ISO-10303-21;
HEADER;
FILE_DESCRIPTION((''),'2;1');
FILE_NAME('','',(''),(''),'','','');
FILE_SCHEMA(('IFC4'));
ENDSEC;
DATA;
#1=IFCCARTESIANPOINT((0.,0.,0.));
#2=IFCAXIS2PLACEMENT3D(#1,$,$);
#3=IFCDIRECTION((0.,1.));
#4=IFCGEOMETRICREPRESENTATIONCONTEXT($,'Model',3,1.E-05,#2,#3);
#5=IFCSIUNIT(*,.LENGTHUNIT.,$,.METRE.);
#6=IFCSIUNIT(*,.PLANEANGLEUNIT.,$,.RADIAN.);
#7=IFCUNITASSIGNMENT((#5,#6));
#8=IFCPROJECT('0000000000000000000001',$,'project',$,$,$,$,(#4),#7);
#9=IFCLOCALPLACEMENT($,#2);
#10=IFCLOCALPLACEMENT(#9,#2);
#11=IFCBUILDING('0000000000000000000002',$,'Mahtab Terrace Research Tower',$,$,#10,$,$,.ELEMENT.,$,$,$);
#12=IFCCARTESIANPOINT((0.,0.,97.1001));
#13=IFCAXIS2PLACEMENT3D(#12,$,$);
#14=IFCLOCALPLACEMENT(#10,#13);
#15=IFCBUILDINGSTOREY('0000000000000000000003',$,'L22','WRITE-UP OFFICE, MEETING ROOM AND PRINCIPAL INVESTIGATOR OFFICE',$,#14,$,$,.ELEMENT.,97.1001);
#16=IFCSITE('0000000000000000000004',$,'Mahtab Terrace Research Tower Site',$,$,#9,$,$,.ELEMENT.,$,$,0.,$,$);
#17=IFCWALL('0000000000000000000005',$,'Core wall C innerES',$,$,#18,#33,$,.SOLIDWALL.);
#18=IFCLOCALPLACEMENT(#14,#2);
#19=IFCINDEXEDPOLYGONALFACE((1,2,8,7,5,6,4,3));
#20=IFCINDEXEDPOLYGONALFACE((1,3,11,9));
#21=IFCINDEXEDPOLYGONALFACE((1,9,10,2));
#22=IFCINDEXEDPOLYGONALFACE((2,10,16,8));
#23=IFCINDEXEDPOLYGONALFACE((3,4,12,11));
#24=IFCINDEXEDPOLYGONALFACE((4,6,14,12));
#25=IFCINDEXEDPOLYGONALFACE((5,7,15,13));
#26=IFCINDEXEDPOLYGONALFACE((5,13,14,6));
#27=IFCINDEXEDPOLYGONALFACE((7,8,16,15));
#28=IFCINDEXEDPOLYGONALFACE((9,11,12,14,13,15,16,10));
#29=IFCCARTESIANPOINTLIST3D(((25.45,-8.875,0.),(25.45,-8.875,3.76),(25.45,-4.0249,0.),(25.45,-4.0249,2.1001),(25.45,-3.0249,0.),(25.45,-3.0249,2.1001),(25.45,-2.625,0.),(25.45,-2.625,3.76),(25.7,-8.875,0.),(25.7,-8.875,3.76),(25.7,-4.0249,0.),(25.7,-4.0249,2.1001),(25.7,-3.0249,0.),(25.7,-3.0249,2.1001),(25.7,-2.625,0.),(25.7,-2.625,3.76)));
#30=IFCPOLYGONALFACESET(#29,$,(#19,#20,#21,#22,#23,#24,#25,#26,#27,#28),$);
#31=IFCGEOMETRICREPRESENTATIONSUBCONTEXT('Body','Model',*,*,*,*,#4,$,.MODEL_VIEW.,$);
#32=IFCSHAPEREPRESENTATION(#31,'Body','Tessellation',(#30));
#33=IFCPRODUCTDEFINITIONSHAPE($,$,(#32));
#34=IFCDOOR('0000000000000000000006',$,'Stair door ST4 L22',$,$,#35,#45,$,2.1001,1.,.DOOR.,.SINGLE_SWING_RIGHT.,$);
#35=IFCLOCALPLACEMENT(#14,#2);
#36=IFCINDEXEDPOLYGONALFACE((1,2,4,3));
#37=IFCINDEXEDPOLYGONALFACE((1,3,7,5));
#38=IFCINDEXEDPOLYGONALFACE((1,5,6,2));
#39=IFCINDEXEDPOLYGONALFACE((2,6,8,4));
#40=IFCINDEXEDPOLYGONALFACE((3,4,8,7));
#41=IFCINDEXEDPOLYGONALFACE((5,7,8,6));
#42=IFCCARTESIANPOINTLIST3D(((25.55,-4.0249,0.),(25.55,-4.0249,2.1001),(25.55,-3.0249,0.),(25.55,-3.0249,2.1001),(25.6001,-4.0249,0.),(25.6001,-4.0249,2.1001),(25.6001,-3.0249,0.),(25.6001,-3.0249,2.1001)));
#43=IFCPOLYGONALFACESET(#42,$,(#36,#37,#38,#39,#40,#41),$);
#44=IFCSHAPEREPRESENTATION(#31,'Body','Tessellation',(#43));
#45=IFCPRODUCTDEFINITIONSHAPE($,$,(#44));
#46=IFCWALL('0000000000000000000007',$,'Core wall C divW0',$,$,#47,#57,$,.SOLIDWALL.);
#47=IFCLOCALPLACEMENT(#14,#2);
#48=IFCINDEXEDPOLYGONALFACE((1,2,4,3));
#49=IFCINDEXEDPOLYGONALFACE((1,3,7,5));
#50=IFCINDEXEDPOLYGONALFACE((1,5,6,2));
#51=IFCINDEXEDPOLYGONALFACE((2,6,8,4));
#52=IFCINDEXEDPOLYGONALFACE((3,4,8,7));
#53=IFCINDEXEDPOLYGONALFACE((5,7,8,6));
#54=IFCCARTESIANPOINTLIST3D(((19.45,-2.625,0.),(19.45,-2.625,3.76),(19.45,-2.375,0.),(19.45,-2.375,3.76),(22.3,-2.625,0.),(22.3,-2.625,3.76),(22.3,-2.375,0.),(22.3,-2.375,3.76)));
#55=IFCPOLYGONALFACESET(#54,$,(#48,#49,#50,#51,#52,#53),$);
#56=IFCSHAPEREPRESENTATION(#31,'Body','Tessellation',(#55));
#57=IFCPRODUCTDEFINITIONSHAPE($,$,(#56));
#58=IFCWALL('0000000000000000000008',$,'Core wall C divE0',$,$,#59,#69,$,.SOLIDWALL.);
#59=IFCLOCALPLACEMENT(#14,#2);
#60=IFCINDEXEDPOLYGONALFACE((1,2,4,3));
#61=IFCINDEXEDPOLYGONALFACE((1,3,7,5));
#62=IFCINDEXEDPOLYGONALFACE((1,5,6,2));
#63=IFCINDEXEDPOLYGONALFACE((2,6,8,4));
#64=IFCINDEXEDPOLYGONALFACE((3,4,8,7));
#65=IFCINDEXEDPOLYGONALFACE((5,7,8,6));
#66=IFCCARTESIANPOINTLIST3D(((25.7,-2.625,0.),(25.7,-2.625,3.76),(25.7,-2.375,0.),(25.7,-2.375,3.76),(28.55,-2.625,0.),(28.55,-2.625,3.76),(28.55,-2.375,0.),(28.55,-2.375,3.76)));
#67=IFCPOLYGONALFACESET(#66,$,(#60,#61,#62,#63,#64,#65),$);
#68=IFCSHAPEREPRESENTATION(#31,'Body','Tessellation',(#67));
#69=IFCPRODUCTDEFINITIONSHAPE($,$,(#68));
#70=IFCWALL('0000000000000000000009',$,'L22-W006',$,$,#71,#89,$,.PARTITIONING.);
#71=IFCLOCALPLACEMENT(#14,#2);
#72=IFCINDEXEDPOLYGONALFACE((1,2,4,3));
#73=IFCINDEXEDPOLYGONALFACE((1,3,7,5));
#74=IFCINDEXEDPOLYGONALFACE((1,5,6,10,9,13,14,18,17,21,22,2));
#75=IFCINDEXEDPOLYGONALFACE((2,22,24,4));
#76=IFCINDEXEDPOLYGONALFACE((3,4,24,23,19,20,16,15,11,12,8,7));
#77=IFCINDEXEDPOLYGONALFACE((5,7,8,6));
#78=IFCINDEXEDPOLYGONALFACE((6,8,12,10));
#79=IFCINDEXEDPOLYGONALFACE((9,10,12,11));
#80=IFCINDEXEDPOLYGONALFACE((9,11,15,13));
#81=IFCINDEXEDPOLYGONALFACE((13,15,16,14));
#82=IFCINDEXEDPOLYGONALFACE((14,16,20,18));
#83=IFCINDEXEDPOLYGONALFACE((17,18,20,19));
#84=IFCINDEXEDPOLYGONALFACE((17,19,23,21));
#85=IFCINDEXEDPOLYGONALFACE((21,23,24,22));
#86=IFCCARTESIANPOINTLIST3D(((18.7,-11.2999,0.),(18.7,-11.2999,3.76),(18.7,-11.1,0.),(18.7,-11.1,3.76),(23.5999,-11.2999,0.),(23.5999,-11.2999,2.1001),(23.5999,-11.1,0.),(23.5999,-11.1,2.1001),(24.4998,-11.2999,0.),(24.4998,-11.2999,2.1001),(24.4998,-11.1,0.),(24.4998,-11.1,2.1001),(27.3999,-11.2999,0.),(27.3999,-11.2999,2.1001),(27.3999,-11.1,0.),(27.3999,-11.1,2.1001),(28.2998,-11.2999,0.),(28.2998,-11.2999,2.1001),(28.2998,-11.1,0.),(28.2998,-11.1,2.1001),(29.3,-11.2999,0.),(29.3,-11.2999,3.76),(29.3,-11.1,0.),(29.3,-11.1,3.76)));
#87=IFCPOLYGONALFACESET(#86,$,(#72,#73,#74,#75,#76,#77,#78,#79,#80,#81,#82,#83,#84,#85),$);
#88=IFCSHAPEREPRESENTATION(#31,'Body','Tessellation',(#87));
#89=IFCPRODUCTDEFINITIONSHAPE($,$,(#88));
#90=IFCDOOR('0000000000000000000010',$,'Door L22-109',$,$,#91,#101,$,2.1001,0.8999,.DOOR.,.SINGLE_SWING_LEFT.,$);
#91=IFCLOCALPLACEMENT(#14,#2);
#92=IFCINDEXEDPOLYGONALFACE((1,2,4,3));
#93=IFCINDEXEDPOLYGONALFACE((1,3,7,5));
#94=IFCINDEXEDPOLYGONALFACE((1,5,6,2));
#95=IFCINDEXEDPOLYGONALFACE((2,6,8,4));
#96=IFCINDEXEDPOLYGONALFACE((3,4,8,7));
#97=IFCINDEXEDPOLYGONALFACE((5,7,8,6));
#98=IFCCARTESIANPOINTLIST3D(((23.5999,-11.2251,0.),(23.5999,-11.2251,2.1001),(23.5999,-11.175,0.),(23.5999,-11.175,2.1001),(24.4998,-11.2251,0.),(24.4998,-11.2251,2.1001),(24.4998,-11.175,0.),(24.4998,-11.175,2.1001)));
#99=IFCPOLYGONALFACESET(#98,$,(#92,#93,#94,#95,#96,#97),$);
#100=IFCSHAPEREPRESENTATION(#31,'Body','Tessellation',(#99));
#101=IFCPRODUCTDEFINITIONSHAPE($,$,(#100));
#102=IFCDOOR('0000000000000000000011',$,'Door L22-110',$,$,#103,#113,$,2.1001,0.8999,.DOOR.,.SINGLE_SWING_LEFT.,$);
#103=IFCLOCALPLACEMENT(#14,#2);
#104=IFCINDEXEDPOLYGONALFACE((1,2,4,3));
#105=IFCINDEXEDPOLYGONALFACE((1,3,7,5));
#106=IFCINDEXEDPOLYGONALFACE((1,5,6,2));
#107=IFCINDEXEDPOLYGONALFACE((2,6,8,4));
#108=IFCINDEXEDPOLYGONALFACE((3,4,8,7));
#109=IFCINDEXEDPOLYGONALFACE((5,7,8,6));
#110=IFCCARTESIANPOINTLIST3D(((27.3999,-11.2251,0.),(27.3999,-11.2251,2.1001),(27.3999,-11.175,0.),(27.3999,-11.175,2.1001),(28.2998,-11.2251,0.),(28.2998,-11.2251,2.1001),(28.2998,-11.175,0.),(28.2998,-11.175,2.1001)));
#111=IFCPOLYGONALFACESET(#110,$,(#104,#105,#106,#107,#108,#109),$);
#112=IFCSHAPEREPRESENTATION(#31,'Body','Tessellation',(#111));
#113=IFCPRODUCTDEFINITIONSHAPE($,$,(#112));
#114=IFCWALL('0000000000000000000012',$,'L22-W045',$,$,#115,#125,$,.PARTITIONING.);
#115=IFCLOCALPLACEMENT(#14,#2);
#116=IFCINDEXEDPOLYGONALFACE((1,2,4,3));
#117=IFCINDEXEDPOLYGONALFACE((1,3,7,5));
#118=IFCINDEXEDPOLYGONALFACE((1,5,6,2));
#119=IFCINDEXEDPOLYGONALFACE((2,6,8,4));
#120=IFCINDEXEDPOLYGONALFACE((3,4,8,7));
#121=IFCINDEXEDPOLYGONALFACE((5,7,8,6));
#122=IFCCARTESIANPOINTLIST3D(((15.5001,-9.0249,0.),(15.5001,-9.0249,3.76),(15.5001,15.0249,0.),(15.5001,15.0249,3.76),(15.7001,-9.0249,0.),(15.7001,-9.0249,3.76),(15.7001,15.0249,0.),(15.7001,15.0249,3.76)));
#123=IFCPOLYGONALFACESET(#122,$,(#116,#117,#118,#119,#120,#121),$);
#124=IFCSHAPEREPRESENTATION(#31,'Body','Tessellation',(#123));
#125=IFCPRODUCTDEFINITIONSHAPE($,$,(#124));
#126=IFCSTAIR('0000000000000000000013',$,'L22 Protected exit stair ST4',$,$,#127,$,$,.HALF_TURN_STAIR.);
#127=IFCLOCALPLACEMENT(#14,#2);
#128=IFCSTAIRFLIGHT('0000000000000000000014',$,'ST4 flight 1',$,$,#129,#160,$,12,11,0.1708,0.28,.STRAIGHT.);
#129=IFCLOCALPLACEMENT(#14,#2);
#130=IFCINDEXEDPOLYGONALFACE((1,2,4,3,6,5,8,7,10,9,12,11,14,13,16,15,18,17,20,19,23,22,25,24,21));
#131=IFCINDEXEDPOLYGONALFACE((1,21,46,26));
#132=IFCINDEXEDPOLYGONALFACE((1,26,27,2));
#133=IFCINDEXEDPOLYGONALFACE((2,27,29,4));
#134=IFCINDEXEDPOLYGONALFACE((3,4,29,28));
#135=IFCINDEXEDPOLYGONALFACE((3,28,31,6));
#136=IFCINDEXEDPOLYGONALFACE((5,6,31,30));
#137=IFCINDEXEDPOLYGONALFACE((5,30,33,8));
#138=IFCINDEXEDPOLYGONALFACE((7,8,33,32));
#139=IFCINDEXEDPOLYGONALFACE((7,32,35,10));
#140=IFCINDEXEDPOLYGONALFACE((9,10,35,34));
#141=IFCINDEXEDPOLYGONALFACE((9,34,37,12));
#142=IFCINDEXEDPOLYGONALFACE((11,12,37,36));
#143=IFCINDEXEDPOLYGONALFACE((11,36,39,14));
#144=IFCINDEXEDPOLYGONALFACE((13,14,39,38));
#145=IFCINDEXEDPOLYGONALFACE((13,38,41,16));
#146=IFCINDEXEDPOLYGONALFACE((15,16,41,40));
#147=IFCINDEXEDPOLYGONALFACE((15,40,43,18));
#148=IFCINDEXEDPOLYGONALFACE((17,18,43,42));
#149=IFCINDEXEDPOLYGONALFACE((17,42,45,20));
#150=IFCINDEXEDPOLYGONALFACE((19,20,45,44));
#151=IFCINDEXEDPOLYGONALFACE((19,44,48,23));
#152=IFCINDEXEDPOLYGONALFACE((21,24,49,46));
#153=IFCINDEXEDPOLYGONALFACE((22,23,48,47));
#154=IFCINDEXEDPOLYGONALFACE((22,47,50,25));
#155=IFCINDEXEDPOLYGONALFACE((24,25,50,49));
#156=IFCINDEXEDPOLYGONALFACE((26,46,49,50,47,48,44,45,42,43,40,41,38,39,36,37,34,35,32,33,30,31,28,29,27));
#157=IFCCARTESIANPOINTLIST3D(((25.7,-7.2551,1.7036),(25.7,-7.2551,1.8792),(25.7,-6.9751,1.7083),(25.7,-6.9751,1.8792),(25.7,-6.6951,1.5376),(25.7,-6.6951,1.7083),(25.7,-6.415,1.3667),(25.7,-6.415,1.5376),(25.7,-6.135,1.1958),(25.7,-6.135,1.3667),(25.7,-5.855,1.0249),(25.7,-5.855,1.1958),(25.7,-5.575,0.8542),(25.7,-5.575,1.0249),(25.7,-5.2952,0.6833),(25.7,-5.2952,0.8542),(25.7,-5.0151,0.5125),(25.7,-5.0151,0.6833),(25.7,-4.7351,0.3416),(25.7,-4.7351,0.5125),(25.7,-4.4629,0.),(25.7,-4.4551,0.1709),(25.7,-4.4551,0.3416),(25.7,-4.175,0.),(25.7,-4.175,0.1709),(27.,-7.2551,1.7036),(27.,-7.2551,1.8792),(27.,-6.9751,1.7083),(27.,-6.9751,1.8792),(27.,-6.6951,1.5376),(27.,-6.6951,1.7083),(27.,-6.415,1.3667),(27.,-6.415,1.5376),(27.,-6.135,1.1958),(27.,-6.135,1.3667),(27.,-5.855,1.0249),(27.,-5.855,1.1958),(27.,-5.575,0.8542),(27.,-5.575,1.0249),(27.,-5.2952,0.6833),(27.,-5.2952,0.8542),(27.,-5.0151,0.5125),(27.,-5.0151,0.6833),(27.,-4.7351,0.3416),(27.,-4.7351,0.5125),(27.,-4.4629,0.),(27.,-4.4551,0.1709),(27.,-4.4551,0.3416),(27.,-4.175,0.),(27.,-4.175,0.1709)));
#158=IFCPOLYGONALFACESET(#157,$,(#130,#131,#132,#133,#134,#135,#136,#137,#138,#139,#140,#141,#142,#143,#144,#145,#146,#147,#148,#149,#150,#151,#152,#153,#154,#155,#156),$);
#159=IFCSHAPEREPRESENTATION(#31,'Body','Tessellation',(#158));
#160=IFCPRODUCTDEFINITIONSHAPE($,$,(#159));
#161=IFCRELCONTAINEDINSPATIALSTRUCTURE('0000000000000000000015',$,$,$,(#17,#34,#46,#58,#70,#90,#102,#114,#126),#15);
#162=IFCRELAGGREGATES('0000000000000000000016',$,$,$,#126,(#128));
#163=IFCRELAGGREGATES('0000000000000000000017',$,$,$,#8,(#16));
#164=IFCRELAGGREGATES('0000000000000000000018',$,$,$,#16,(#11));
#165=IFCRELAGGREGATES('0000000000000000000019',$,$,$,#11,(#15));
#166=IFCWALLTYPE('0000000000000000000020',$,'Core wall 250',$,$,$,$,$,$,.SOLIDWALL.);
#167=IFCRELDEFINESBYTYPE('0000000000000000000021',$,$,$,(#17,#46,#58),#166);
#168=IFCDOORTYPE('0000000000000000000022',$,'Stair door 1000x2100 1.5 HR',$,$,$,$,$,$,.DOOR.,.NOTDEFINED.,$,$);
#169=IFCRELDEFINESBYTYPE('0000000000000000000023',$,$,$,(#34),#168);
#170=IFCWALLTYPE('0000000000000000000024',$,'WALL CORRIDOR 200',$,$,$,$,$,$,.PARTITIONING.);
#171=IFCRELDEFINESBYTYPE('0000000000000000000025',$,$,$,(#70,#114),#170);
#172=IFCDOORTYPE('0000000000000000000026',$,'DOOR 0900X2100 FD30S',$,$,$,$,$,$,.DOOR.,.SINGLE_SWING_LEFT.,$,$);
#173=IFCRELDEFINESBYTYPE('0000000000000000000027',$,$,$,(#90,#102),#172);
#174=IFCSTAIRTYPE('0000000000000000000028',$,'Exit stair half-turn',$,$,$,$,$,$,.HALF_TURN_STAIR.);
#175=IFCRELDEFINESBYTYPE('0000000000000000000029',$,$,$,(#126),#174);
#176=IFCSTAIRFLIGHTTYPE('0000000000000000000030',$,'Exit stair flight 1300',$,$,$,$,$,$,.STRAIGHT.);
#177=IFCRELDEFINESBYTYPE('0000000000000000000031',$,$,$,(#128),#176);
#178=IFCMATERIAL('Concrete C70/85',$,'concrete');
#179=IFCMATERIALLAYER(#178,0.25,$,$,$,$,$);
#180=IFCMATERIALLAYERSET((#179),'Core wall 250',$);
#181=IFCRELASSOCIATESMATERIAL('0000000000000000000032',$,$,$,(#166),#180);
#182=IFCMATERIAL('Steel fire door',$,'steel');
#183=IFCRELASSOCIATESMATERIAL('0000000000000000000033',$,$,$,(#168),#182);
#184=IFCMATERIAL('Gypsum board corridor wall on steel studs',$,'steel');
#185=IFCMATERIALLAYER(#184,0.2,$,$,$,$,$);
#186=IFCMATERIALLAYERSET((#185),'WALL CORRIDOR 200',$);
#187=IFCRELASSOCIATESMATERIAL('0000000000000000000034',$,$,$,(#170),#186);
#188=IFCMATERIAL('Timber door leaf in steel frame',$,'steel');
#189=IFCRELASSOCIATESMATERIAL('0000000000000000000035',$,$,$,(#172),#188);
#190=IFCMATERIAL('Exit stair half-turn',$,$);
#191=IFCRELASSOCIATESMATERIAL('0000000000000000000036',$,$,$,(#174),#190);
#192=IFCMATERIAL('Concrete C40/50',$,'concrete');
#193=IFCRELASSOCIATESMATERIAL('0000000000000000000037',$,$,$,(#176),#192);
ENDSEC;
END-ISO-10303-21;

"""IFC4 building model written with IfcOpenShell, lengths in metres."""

from ifc_helpers import new_model, si_unit, direction, frame, frame_2d, origin, place, context, subcontext, project, spatial, polyline, rectangle, outline, extrude, material, layer, layer_set, type_object, element, fill, aggregate, save


model = new_model("IFC4")

# Units and contexts
model_context = context("Model", 3, precision=1e-05, world=origin(), true_north=direction((0.0, 1.0)))
body_context = subcontext(model_context, "Body", "Model", "MODEL_VIEW")
ifc_project = project(units=[si_unit("LENGTHUNIT", "METRE"), si_unit("PLANEANGLEUNIT", "RADIAN")], contexts=[model_context])

# Site, building, storey
site_placement = place(None, origin())
site = spatial("IfcSite", under=ifc_project, at=site_placement, Name="Mahtab Terrace Research Tower Site", CompositionType="ELEMENT", RefElevation=0.0)
building_placement = place(site_placement, origin())
building = spatial("IfcBuilding", under=site, at=building_placement, Name="Mahtab Terrace Research Tower", CompositionType="ELEMENT")
storey_placement = place(building_placement, frame((0.0, 0.0, 97.1001)))
storey = spatial("IfcBuildingStorey", under=building, at=storey_placement, Name="L22", Description="WRITE-UP OFFICE, MEETING ROOM AND PRINCIPAL INVESTIGATOR OFFICE", CompositionType="ELEMENT", Elevation=97.1001)

# Shared definitions
ifc_material_1 = material(Name="Concrete C70/85", Category="concrete")
ifc_layer_1 = layer(ifc_material_1, 0.25)
ifc_layer_set_1 = layer_set([ifc_layer_1], Name="Core wall 250")
wall_type_1 = type_object("IfcWallType", Name="Core wall 250", PredefinedType="SOLIDWALL", material=ifc_layer_set_1)
ifc_material_2 = material(Name="Steel fire door", Category="steel")

# Wall, opening, door
wall_1_placement = place(storey_placement, frame((25.575, -8.875, 0.0), z_axis=(0.0, 0.0, 1.0), x_axis=(0.0, 1.0, 0.0)))
wall_1 = element("IfcWall", 1, at=wall_1_placement, inside=storey, type_object=wall_type_1, Name="Core wall C innerES", PredefinedType="SOLIDWALL", context=body_context, shape_type="SweptSolid", body=[
    extrude(rectangle(XDim=6.25, YDim=0.25, at=frame_2d((3.125, 0.0))), origin(), (0.0, 0.0, 1.0), 3.76),
])
opening_1_placement = place(wall_1_placement, frame((4.8501, 0.0, 0.0)))
opening_1 = element("IfcOpeningElement", 2, at=opening_1_placement, cuts=wall_1, PredefinedType="OPENING", context=body_context, shape_type="SweptSolid", body=[
    extrude(rectangle(XDim=1.0, YDim=2.1001, at=frame_2d((0.5, 1.05))), frame((0.0, 0.135, 0.0), z_axis=(0.0, -1.0, 0.0), x_axis=(1.0, 0.0, 0.0)), (0.0, 0.0, 1.0), 0.27),
])
door_type_1 = type_object("IfcDoorType", Name="Stair door 1000x2100 1.5 HR", OperationType="NOTDEFINED", PredefinedType="DOOR", material=ifc_material_2)
door_1_placement = place(opening_1_placement, origin())
door_1 = element("IfcDoor", 3, at=door_1_placement, inside=storey, type_object=door_type_1, Name="Stair door ST4 L22", OperationType="SINGLE_SWING_RIGHT", OverallHeight=2.1001, OverallWidth=1.0, PredefinedType="DOOR", context=body_context, shape_type="SweptSolid", body=[
    extrude(rectangle(XDim=1.0, YDim=2.1001, at=frame_2d((0.5, 1.05))), frame((0.0, 0.0249, 0.0), z_axis=(0.0, -1.0, 0.0), x_axis=(1.0, 0.0, 0.0)), (0.0, 0.0, 1.0), 0.05),
])
fill(opening_1, door_1)

# Walls
for number, where, z_axis, x_axis, name in (
    (4, (19.45, -2.5, 0.0), (0.0, 0.0, 1.0), (1.0, 0.0, 0.0), "Core wall C divW0"),
    (5, (25.7, -2.5, 0.0), (0.0, 0.0, 1.0), (1.0, 0.0, 0.0), "Core wall C divE0"),
):
    element("IfcWall", number, at=place(storey_placement, frame(where, z_axis=z_axis, x_axis=x_axis)), inside=storey, type_object=wall_type_1, Name=name, PredefinedType="SOLIDWALL", context=body_context, shape_type="SweptSolid", body=[
        extrude(rectangle(XDim=2.8501, YDim=0.25, at=frame_2d((1.425, 0.0))), origin(), (0.0, 0.0, 1.0), 3.76),
    ])

# Wall, openings, doors
ifc_material_3 = material(Name="Gypsum board corridor wall on steel studs", Category="steel")
ifc_layer_2 = layer(ifc_material_3, 0.2)
ifc_layer_set_2 = layer_set([ifc_layer_2], Name="WALL CORRIDOR 200")
wall_type_2 = type_object("IfcWallType", Name="WALL CORRIDOR 200", PredefinedType="PARTITIONING", material=ifc_layer_set_2)
wall_2_placement = place(storey_placement, frame((18.7, -11.2, 0.0), z_axis=(0.0, 0.0, 1.0), x_axis=(1.0, 0.0, 0.0)))
wall_2 = element("IfcWall", 6, at=wall_2_placement, inside=storey, type_object=wall_type_2, Name="L22-W006", PredefinedType="PARTITIONING", context=body_context, shape_type="SweptSolid", body=[
    extrude(rectangle(XDim=10.6001, YDim=0.2, at=frame_2d((5.3, 0.0))), origin(), (0.0, 0.0, 1.0), 3.76),
])
opening_2_placement = place(wall_2_placement, frame((4.8999, 0.0, 0.0)))
opening_2 = element("IfcOpeningElement", 7, at=opening_2_placement, cuts=wall_2, PredefinedType="OPENING", context=body_context, shape_type="SweptSolid", body=[
    extrude(rectangle(XDim=0.8999, YDim=2.1001, at=frame_2d((0.45, 1.05))), frame((0.0, 0.1099, 0.0), z_axis=(0.0, -1.0, 0.0), x_axis=(1.0, 0.0, 0.0)), (0.0, 0.0, 1.0), 0.22),
])
opening_3_placement = place(wall_2_placement, frame((8.7, 0.0, 0.0)))
opening_3 = element("IfcOpeningElement", 8, at=opening_3_placement, cuts=wall_2, PredefinedType="OPENING", context=body_context, shape_type="SweptSolid", body=[
    extrude(rectangle(XDim=0.8999, YDim=2.1001, at=frame_2d((0.45, 1.05))), frame((0.0, 0.1099, 0.0), z_axis=(0.0, -1.0, 0.0), x_axis=(1.0, 0.0, 0.0)), (0.0, 0.0, 1.0), 0.22),
])
ifc_material_4 = material(Name="Timber door leaf in steel frame", Category="steel")
door_type_2 = type_object("IfcDoorType", Name="DOOR 0900X2100 FD30S", OperationType="SINGLE_SWING_LEFT", PredefinedType="DOOR", material=ifc_material_4)
door_2_placement = place(opening_2_placement, origin())
door_2 = element("IfcDoor", 9, at=door_2_placement, inside=storey, type_object=door_type_2, Name="Door L22-109", OperationType="SINGLE_SWING_LEFT", OverallHeight=2.1001, OverallWidth=0.8999, PredefinedType="DOOR", context=body_context, shape_type="SweptSolid", body=[
    extrude(rectangle(XDim=0.8999, YDim=2.1001, at=frame_2d((0.45, 1.05))), frame((0.0, 0.0249, 0.0), z_axis=(0.0, -1.0, 0.0), x_axis=(1.0, 0.0, 0.0)), (0.0, 0.0, 1.0), 0.05),
])
fill(opening_2, door_2)
door_3_placement = place(opening_3_placement, origin())
door_3 = element("IfcDoor", 10, at=door_3_placement, inside=storey, type_object=door_type_2, Name="Door L22-110", OperationType="SINGLE_SWING_LEFT", OverallHeight=2.1001, OverallWidth=0.8999, PredefinedType="DOOR", context=body_context, shape_type="SweptSolid", body=[
    extrude(rectangle(XDim=0.8999, YDim=2.1001, at=frame_2d((0.45, 1.05))), frame((0.0, 0.0249, 0.0), z_axis=(0.0, -1.0, 0.0), x_axis=(1.0, 0.0, 0.0)), (0.0, 0.0, 1.0), 0.05),
])
fill(opening_3, door_3)

# Wall
wall_3_placement = place(storey_placement, frame((15.6001, -9.0249, 0.0), z_axis=(0.0, 0.0, 1.0), x_axis=(0.0, 1.0, 0.0)))
element("IfcWall", 11, at=wall_3_placement, inside=storey, type_object=wall_type_2, Name="L22-W045", PredefinedType="PARTITIONING", context=body_context, shape_type="SweptSolid", body=[
    extrude(rectangle(XDim=24.0498, YDim=0.2, at=frame_2d((12.0249, 0.0))), origin(), (0.0, 0.0, 1.0), 3.76),
])

# Stair, stair flight
ifc_material_5 = material(Name="Exit stair half-turn")
stair_type = type_object("IfcStairType", Name="Exit stair half-turn", PredefinedType="HALF_TURN_STAIR", material=ifc_material_5)
stair_placement = place(storey_placement, origin())
stair = element("IfcStair", 12, at=stair_placement, inside=storey, type_object=stair_type, Name="L22 Protected exit stair ST4", PredefinedType="HALF_TURN_STAIR")
ifc_material_6 = material(Name="Concrete C40/50", Category="concrete")
stair_flight_type = type_object("IfcStairFlightType", Name="Exit stair flight 1300", PredefinedType="STRAIGHT", material=ifc_material_6)
stair_flight_placement = place(storey_placement, frame((26.3501, -4.175, 0.0), z_axis=(0.0, 0.0, 1.0), x_axis=(0.0, -1.0, 0.0)))
stair_flight = element("IfcStairFlight", 13, at=stair_flight_placement, type_object=stair_flight_type, Name="ST4 flight 1", NumberOfRisers=12, NumberOfTreads=11, PredefinedType="STRAIGHT", RiserHeight=0.1708, TreadLength=0.28, context=body_context, shape_type="SweptSolid", body=[
    extrude(outline(polyline([(0.0, 0.0), (0.0, 0.1709), (0.28, 0.1709), (0.28, 0.3416), (0.5601, 0.3416), (0.5601, 0.5125), (0.8401, 0.5125), (0.8401, 0.6833), (1.1201, 0.6833), (1.1201, 0.8542), (1.3999, 0.8542), (1.3999, 1.0249), (1.6799, 1.0249), (1.6799, 1.1958), (1.96, 1.1958), (1.96, 1.3667), (2.24, 1.3667), (2.24, 1.5376), (2.52, 1.5376), (2.52, 1.7083), (2.8, 1.7083), (2.8, 1.8792), (3.0801, 1.8792), (3.0801, 2.05), (3.0801, 1.7036), (0.2878, 0.0), (0.0, 0.0)])), frame((0.0, 0.6499, 0.0), z_axis=(0.0, -1.0, 0.0), x_axis=(1.0, 0.0, 0.0)), (0.0, 0.0, 1.0), 1.3),
])
aggregate(stair, [stair_flight])

save(model, "model.ifc")
